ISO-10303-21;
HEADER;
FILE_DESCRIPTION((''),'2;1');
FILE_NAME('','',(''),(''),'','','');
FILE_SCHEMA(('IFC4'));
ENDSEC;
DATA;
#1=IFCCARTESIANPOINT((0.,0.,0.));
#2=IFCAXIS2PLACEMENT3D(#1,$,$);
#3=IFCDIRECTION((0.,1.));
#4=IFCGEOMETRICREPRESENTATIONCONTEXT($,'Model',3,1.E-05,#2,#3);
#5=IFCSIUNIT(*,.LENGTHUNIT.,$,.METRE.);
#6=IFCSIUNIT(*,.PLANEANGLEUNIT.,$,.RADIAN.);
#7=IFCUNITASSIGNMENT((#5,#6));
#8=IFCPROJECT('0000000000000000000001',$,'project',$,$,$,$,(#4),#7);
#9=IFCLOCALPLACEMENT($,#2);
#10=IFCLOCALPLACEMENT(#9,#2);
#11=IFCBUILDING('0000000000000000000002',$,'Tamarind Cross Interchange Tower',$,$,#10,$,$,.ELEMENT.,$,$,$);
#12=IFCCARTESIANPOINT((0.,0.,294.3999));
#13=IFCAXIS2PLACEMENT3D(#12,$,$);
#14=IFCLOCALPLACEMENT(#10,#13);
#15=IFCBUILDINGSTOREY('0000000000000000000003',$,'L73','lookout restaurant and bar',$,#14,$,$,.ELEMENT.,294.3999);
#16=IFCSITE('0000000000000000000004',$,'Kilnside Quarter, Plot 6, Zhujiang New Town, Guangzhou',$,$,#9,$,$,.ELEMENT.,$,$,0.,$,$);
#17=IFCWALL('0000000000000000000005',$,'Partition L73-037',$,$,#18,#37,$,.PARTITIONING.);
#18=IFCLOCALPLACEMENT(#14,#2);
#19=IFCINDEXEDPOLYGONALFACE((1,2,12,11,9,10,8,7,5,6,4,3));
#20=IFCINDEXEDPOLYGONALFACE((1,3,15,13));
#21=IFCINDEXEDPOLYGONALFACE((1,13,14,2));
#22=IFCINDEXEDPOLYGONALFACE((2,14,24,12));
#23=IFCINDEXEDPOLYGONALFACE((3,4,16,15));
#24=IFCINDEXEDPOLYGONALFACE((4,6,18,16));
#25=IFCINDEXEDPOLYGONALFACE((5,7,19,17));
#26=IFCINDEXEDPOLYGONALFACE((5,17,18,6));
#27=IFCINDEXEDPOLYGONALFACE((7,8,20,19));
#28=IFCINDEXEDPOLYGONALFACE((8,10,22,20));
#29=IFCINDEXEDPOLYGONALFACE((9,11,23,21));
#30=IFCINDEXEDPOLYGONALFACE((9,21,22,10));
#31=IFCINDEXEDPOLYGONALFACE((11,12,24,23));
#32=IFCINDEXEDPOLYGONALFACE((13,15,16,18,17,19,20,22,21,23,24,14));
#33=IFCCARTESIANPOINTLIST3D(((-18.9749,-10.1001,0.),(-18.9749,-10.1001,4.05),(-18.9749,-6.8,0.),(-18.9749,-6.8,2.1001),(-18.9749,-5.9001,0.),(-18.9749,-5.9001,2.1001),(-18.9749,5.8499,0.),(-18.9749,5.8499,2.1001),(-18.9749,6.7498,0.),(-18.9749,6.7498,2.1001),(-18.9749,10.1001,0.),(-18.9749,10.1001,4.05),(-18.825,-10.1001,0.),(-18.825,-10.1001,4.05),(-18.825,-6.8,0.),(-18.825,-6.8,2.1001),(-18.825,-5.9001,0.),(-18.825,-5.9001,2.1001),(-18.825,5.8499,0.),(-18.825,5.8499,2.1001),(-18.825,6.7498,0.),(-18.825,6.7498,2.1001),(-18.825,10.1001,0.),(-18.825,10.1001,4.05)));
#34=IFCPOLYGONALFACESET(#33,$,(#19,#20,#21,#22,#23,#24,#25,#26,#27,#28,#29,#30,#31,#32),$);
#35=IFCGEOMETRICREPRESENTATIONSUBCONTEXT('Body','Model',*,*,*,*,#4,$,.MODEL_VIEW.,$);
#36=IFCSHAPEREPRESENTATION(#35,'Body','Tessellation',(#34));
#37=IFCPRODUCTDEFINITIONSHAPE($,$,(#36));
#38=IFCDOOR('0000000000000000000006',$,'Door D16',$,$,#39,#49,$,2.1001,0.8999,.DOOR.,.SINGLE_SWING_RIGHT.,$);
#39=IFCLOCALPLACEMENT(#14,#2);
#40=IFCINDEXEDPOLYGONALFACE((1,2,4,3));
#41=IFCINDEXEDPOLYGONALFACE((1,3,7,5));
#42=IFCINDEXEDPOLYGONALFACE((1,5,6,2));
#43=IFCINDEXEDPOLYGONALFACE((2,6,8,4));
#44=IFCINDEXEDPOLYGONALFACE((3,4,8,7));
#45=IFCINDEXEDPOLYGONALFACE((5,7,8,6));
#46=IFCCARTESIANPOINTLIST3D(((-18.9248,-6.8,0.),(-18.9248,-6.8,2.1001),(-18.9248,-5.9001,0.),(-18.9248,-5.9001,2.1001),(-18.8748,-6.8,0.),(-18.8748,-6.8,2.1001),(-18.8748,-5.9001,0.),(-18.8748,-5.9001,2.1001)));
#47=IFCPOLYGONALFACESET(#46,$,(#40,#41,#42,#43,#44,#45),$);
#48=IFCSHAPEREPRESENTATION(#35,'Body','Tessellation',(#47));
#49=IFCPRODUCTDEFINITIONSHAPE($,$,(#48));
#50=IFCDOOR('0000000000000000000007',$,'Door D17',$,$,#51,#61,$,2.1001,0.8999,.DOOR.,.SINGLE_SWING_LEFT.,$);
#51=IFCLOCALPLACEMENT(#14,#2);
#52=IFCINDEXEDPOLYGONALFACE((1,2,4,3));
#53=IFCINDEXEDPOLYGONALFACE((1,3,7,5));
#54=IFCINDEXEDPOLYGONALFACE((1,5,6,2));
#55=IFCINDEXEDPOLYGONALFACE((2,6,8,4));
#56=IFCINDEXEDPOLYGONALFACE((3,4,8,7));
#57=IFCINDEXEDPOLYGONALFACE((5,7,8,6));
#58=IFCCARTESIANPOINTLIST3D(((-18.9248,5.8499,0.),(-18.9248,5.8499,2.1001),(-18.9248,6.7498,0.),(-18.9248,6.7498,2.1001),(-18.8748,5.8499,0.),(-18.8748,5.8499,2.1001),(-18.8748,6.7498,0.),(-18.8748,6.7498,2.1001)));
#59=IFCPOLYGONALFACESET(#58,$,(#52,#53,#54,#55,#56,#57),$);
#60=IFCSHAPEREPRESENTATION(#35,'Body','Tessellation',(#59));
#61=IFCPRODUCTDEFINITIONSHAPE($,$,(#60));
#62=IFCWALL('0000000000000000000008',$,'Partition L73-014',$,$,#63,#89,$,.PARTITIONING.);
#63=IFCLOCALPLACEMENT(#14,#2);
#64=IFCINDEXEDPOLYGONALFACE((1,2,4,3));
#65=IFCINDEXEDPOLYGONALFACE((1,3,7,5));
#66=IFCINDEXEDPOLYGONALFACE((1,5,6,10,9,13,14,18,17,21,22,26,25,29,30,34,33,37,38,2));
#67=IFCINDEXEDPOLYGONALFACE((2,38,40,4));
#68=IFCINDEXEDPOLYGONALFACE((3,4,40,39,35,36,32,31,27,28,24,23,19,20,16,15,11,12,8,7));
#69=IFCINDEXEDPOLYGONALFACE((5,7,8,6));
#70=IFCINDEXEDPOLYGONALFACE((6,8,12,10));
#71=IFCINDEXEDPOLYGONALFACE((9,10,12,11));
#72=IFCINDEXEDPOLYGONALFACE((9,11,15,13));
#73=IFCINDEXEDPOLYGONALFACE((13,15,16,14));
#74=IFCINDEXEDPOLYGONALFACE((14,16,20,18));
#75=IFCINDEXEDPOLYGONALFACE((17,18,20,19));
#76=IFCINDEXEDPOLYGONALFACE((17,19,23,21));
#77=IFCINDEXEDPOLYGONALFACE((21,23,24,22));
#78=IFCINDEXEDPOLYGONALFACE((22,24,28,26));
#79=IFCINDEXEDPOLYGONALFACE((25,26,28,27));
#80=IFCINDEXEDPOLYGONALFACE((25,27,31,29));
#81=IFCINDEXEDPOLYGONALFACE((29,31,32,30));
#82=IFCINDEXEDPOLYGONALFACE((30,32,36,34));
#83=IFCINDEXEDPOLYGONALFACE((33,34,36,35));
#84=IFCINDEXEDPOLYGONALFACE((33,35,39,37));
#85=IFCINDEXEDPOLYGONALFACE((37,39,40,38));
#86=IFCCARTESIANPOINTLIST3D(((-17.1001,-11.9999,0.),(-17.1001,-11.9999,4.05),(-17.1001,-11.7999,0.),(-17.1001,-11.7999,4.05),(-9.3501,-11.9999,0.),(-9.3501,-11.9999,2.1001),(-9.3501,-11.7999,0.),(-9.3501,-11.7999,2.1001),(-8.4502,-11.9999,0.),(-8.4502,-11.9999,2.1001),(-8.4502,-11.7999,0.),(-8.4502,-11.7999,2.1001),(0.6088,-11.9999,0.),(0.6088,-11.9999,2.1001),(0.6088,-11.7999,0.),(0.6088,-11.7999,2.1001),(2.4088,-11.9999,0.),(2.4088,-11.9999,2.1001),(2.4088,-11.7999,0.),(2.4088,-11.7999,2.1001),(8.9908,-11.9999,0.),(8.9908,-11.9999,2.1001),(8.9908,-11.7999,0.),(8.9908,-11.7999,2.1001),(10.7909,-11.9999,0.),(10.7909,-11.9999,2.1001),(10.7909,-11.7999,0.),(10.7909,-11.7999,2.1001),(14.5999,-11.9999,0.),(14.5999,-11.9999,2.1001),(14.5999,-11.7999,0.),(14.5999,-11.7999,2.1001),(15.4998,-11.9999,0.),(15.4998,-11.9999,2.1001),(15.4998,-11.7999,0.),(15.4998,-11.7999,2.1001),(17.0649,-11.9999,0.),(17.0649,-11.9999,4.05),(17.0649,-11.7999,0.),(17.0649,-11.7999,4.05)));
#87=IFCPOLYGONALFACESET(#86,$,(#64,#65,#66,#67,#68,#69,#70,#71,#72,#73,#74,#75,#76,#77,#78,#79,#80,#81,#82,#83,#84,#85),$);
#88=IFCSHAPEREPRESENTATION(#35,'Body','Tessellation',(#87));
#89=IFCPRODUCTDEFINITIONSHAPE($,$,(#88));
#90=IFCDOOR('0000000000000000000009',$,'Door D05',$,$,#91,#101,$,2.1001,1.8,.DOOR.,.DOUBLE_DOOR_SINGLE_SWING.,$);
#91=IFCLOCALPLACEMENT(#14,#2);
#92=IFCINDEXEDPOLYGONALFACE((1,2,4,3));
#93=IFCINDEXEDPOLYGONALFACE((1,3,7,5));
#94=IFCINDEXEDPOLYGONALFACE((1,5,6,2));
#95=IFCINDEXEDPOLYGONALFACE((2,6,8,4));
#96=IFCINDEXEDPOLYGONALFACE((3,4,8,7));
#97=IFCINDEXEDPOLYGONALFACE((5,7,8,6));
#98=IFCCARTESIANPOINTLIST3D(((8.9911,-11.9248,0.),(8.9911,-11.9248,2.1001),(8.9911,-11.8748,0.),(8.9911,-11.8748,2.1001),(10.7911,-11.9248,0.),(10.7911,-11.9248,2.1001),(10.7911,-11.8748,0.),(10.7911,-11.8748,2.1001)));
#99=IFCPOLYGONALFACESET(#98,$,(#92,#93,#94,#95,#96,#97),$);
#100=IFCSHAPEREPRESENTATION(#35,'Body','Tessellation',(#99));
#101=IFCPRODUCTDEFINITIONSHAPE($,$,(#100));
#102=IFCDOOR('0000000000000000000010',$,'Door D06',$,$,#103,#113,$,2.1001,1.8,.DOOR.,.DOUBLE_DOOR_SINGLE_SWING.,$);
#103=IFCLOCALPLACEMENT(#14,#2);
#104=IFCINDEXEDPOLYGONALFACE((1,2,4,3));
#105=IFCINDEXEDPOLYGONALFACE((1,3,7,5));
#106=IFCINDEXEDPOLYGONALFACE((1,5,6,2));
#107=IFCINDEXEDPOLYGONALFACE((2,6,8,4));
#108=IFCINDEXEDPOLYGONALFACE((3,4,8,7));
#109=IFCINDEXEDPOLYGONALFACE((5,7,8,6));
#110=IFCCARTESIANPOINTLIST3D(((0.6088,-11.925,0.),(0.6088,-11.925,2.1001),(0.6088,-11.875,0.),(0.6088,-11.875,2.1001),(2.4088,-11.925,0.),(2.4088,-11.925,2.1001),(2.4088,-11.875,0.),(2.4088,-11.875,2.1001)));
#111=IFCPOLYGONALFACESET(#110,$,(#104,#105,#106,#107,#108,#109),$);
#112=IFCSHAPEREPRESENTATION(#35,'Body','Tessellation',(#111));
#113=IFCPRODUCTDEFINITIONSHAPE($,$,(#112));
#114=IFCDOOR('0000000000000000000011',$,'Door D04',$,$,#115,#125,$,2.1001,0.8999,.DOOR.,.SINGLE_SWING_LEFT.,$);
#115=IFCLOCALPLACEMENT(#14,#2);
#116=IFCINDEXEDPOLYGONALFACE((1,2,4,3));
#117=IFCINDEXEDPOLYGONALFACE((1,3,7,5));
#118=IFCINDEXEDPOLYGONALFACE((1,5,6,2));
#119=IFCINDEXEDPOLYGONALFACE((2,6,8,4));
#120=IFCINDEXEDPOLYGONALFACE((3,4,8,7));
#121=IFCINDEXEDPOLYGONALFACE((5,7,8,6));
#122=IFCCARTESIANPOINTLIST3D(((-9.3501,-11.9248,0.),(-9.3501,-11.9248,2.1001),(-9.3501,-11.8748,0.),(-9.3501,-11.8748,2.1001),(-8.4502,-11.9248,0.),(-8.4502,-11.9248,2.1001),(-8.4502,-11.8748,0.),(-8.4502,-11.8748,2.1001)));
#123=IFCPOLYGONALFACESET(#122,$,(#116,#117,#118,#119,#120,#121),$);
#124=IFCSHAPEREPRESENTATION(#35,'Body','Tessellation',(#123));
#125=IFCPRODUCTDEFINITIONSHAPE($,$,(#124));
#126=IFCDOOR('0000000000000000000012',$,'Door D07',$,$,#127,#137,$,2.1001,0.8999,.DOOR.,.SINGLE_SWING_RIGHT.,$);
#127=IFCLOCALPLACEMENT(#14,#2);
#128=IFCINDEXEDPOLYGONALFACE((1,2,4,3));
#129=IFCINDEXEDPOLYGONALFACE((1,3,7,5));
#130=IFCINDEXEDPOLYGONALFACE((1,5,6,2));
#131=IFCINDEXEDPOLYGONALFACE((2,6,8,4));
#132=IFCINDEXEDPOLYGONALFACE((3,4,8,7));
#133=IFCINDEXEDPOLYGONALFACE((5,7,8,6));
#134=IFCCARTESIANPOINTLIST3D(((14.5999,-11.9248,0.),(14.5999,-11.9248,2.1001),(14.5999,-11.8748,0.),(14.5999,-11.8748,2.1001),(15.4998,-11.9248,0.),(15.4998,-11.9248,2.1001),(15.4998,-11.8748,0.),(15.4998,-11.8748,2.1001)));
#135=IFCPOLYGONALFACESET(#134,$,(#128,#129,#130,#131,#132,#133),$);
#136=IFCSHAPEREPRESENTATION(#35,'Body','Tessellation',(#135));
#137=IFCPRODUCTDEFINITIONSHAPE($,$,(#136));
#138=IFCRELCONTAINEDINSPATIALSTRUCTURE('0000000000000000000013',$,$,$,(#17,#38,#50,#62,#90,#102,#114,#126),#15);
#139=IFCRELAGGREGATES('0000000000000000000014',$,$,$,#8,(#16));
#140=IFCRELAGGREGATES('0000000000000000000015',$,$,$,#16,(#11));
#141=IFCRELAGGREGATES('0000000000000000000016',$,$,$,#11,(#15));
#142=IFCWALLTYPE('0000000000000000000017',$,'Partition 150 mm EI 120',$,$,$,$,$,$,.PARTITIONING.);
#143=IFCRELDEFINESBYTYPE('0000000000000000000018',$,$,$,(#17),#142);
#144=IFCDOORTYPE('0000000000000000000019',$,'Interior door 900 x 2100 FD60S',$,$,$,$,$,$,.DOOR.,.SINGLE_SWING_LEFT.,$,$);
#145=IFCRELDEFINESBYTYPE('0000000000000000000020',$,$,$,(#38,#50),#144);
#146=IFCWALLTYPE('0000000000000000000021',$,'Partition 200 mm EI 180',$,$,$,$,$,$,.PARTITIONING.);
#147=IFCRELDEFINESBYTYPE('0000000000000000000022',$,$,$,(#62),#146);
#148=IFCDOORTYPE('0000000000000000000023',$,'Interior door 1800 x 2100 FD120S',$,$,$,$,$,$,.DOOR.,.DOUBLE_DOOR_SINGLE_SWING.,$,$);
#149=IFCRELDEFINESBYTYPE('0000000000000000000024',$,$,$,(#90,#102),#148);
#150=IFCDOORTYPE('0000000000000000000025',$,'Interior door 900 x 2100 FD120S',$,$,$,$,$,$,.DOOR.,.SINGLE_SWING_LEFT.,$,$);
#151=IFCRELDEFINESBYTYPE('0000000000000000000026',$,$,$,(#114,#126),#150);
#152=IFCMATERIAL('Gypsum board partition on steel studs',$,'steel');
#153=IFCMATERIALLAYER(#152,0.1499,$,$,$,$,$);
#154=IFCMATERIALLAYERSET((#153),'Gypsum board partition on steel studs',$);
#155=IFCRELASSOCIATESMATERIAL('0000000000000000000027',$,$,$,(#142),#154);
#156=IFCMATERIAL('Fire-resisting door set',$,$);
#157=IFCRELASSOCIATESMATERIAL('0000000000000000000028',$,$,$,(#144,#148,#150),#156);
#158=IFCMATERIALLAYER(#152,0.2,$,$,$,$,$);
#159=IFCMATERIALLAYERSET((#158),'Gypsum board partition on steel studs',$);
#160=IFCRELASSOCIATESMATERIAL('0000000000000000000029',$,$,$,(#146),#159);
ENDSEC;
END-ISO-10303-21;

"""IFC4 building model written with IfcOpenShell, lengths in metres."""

from ifc_helpers import new_model, si_unit, direction, frame, frame_2d, origin, place, context, subcontext, project, spatial, rectangle, extrude, material, layer, layer_set, type_object, element, fill, save


model = new_model("IFC4")

# Units and contexts
model_context = context("Model", 3, precision=1e-05, world=origin(), true_north=direction((0.0, 1.0)))
body_context = subcontext(model_context, "Body", "Model", "MODEL_VIEW")
ifc_project = project(units=[si_unit("LENGTHUNIT", "METRE"), si_unit("PLANEANGLEUNIT", "RADIAN")], contexts=[model_context])

# Site, building, storey
site_placement = place(None, origin())
site = spatial("IfcSite", under=ifc_project, at=site_placement, Name="Kilnside Quarter, Plot 6, Zhujiang New Town, Guangzhou", CompositionType="ELEMENT", RefElevation=0.0)
building_placement = place(site_placement, origin())
building = spatial("IfcBuilding", under=site, at=building_placement, Name="Tamarind Cross Interchange Tower", CompositionType="ELEMENT")
storey_placement = place(building_placement, frame((0.0, 0.0, 294.3999)))
storey = spatial("IfcBuildingStorey", under=building, at=storey_placement, Name="L73", Description="lookout restaurant and bar", CompositionType="ELEMENT", Elevation=294.3999)

# Shared definitions
ifc_material_1 = material(Name="Gypsum board partition on steel studs", Category="steel")
ifc_layer_1 = layer(ifc_material_1, 0.1499)
ifc_layer_set_1 = layer_set([ifc_layer_1], Name="Gypsum board partition on steel studs")
wall_type_1 = type_object("IfcWallType", Name="Partition 150 mm EI 120", PredefinedType="PARTITIONING", material=ifc_layer_set_1)

# Walls, openings, doors
wall_1_placement = place(storey_placement, frame((-18.8999, -10.1001, 0.0), z_axis=(0.0, 0.0, 1.0), x_axis=(0.0, 1.0, 0.0)))
wall_1 = element("IfcWall", 1, at=wall_1_placement, inside=storey, type_object=wall_type_1, Name="Partition L73-037", PredefinedType="PARTITIONING", context=body_context, shape_type="SweptSolid", body=[
    extrude(rectangle(XDim=20.2002, YDim=0.1499, at=frame_2d((10.1001, 0.0))), origin(), (0.0, 0.0, 1.0), 4.05),
])
opening_1_placement = place(wall_1_placement, frame((3.3, 0.0, 0.0)))
opening_1 = element("IfcOpeningElement", 2, at=opening_1_placement, cuts=wall_1, PredefinedType="OPENING", context=body_context, shape_type="SweptSolid", body=[
    extrude(rectangle(XDim=0.8999, YDim=2.1001, at=frame_2d((0.45, 1.05))), frame((0.0, 0.085, 0.0), z_axis=(0.0, -1.0, 0.0), x_axis=(1.0, 0.0, 0.0)), (0.0, 0.0, 1.0), 0.1699),
])
opening_2_placement = place(wall_1_placement, frame((15.95, 0.0, 0.0)))
opening_2 = element("IfcOpeningElement", 3, at=opening_2_placement, cuts=wall_1, PredefinedType="OPENING", context=body_context, shape_type="SweptSolid", body=[
    extrude(rectangle(XDim=0.8999, YDim=2.1001, at=frame_2d((0.45, 1.05))), frame((0.0, 0.085, 0.0), z_axis=(0.0, -1.0, 0.0), x_axis=(1.0, 0.0, 0.0)), (0.0, 0.0, 1.0), 0.1699),
])
ifc_material_2 = material(Name="Fire-resisting door set")
door_type_1 = type_object("IfcDoorType", Name="Interior door 900 x 2100 FD60S", OperationType="SINGLE_SWING_LEFT", PredefinedType="DOOR", material=ifc_material_2)
door_1_placement = place(opening_1_placement, origin())
door_1 = element("IfcDoor", 4, at=door_1_placement, inside=storey, type_object=door_type_1, Name="Door D16", OperationType="SINGLE_SWING_RIGHT", OverallHeight=2.1001, OverallWidth=0.8999, PredefinedType="DOOR", context=body_context, shape_type="SweptSolid", body=[
    extrude(rectangle(XDim=0.8999, YDim=2.1001, at=frame_2d((0.45, 1.05))), frame((0.0, 0.0249, 0.0), z_axis=(0.0, -1.0, 0.0), x_axis=(1.0, 0.0, 0.0)), (0.0, 0.0, 1.0), 0.05),
])
fill(opening_1, door_1)
door_2_placement = place(opening_2_placement, origin())
door_2 = element("IfcDoor", 5, at=door_2_placement, inside=storey, type_object=door_type_1, Name="Door D17", OperationType="SINGLE_SWING_LEFT", OverallHeight=2.1001, OverallWidth=0.8999, PredefinedType="DOOR", context=body_context, shape_type="SweptSolid", body=[
    extrude(rectangle(XDim=0.8999, YDim=2.1001, at=frame_2d((0.45, 1.05))), frame((0.0, 0.0249, 0.0), z_axis=(0.0, -1.0, 0.0), x_axis=(1.0, 0.0, 0.0)), (0.0, 0.0, 1.0), 0.05),
])
fill(opening_2, door_2)
ifc_layer_2 = layer(ifc_material_1, 0.2)
ifc_layer_set_2 = layer_set([ifc_layer_2], Name="Gypsum board partition on steel studs")
wall_type_2 = type_object("IfcWallType", Name="Partition 200 mm EI 180", PredefinedType="PARTITIONING", material=ifc_layer_set_2)
wall_2_placement = place(storey_placement, frame((-17.1001, -11.8999, 0.0), z_axis=(0.0, 0.0, 1.0), x_axis=(1.0, 0.0, 0.0)))
wall_2 = element("IfcWall", 6, at=wall_2_placement, inside=storey, type_object=wall_type_2, Name="Partition L73-014", PredefinedType="PARTITIONING", context=body_context, shape_type="SweptSolid", body=[
    extrude(rectangle(XDim=34.165, YDim=0.2, at=frame_2d((17.0825, 0.0))), origin(), (0.0, 0.0, 1.0), 4.05),
])
opening_3_placement = place(wall_2_placement, frame((7.75, 0.0, 0.0)))
opening_3 = element("IfcOpeningElement", 7, at=opening_3_placement, cuts=wall_2, PredefinedType="OPENING", context=body_context, shape_type="SweptSolid", body=[
    extrude(rectangle(XDim=0.8999, YDim=2.1001, at=frame_2d((0.45, 1.05))), frame((0.0, 0.1099, 0.0), z_axis=(0.0, -1.0, 0.0), x_axis=(1.0, 0.0, 0.0)), (0.0, 0.0, 1.0), 0.22),
])
opening_4_placement = place(wall_2_placement, frame((26.0911, 0.0, 0.0)))
opening_4 = element("IfcOpeningElement", 8, at=opening_4_placement, cuts=wall_2, PredefinedType="OPENING", context=body_context, shape_type="SweptSolid", body=[
    extrude(rectangle(XDim=1.8, YDim=2.1001, at=frame_2d((0.8999, 1.05))), frame((0.0, 0.1099, 0.0), z_axis=(0.0, -1.0, 0.0), x_axis=(1.0, 0.0, 0.0)), (0.0, 0.0, 1.0), 0.22),
])
opening_5_placement = place(wall_2_placement, frame((17.709, 0.0, 0.0)))
opening_5 = element("IfcOpeningElement", 9, at=opening_5_placement, cuts=wall_2, PredefinedType="OPENING", context=body_context, shape_type="SweptSolid", body=[
    extrude(rectangle(XDim=1.8, YDim=2.1001, at=frame_2d((0.8999, 1.05))), frame((0.0, 0.1099, 0.0), z_axis=(0.0, -1.0, 0.0), x_axis=(1.0, 0.0, 0.0)), (0.0, 0.0, 1.0), 0.22),
])
opening_6_placement = place(wall_2_placement, frame((31.7, 0.0, 0.0)))
opening_6 = element("IfcOpeningElement", 10, at=opening_6_placement, cuts=wall_2, PredefinedType="OPENING", context=body_context, shape_type="SweptSolid", body=[
    extrude(rectangle(XDim=0.8999, YDim=2.1001, at=frame_2d((0.45, 1.05))), frame((0.0, 0.1099, 0.0), z_axis=(0.0, -1.0, 0.0), x_axis=(1.0, 0.0, 0.0)), (0.0, 0.0, 1.0), 0.22),
])
door_type_2 = type_object("IfcDoorType", Name="Interior door 1800 x 2100 FD120S", OperationType="DOUBLE_DOOR_SINGLE_SWING", PredefinedType="DOOR", material=ifc_material_2)
door_3_placement = place(opening_4_placement, frame((1.8, 0.0, 0.0), z_axis=(0.0, 0.0, 1.0), x_axis=(-1.0, 0.0, 0.0)))
door_3 = element("IfcDoor", 11, at=door_3_placement, inside=storey, type_object=door_type_2, Name="Door D05", OperationType="DOUBLE_DOOR_SINGLE_SWING", OverallHeight=2.1001, OverallWidth=1.8, PredefinedType="DOOR", context=body_context, shape_type="SweptSolid", body=[
    extrude(rectangle(XDim=1.8, YDim=2.1001, at=frame_2d((0.8999, 1.05))), frame((0.0, 0.0249, 0.0), z_axis=(0.0, -1.0, 0.0), x_axis=(1.0, 0.0, 0.0)), (0.0, 0.0, 1.0), 0.05),
])
fill(opening_4, door_3)
door_4_placement = place(opening_5_placement, origin())
door_4 = element("IfcDoor", 12, at=door_4_placement, inside=storey, type_object=door_type_2, Name="Door D06", OperationType="DOUBLE_DOOR_SINGLE_SWING", OverallHeight=2.1001, OverallWidth=1.8, PredefinedType="DOOR", context=body_context, shape_type="SweptSolid", body=[
    extrude(rectangle(XDim=1.8, YDim=2.1001, at=frame_2d((0.8999, 1.05))), frame((0.0, 0.0249, 0.0), z_axis=(0.0, -1.0, 0.0), x_axis=(1.0, 0.0, 0.0)), (0.0, 0.0, 1.0), 0.05),
])
fill(opening_5, door_4)
door_type_3 = type_object("IfcDoorType", Name="Interior door 900 x 2100 FD120S", OperationType="SINGLE_SWING_LEFT", PredefinedType="DOOR", material=ifc_material_2)
door_5_placement = place(opening_3_placement, frame((0.8999, 0.0, 0.0), z_axis=(0.0, 0.0, 1.0), x_axis=(-1.0, 0.0, 0.0)))
door_5 = element("IfcDoor", 13, at=door_5_placement, inside=storey, type_object=door_type_3, Name="Door D04", OperationType="SINGLE_SWING_LEFT", OverallHeight=2.1001, OverallWidth=0.8999, PredefinedType="DOOR", context=body_context, shape_type="SweptSolid", body=[
    extrude(rectangle(XDim=0.8999, YDim=2.1001, at=frame_2d((0.45, 1.05))), frame((0.0, 0.0249, 0.0), z_axis=(0.0, -1.0, 0.0), x_axis=(1.0, 0.0, 0.0)), (0.0, 0.0, 1.0), 0.05),
])
fill(opening_3, door_5)
door_6_placement = place(opening_6_placement, frame((0.8999, 0.0, 0.0), z_axis=(0.0, 0.0, 1.0), x_axis=(-1.0, 0.0, 0.0)))
door_6 = element("IfcDoor", 14, at=door_6_placement, inside=storey, type_object=door_type_3, Name="Door D07", OperationType="SINGLE_SWING_RIGHT", OverallHeight=2.1001, OverallWidth=0.8999, PredefinedType="DOOR", context=body_context, shape_type="SweptSolid", body=[
    extrude(rectangle(XDim=0.8999, YDim=2.1001, at=frame_2d((0.45, 1.05))), frame((0.0, 0.0249, 0.0), z_axis=(0.0, -1.0, 0.0), x_axis=(1.0, 0.0, 0.0)), (0.0, 0.0, 1.0), 0.05),
])
fill(opening_6, door_6)

save(model, "model.ifc")
